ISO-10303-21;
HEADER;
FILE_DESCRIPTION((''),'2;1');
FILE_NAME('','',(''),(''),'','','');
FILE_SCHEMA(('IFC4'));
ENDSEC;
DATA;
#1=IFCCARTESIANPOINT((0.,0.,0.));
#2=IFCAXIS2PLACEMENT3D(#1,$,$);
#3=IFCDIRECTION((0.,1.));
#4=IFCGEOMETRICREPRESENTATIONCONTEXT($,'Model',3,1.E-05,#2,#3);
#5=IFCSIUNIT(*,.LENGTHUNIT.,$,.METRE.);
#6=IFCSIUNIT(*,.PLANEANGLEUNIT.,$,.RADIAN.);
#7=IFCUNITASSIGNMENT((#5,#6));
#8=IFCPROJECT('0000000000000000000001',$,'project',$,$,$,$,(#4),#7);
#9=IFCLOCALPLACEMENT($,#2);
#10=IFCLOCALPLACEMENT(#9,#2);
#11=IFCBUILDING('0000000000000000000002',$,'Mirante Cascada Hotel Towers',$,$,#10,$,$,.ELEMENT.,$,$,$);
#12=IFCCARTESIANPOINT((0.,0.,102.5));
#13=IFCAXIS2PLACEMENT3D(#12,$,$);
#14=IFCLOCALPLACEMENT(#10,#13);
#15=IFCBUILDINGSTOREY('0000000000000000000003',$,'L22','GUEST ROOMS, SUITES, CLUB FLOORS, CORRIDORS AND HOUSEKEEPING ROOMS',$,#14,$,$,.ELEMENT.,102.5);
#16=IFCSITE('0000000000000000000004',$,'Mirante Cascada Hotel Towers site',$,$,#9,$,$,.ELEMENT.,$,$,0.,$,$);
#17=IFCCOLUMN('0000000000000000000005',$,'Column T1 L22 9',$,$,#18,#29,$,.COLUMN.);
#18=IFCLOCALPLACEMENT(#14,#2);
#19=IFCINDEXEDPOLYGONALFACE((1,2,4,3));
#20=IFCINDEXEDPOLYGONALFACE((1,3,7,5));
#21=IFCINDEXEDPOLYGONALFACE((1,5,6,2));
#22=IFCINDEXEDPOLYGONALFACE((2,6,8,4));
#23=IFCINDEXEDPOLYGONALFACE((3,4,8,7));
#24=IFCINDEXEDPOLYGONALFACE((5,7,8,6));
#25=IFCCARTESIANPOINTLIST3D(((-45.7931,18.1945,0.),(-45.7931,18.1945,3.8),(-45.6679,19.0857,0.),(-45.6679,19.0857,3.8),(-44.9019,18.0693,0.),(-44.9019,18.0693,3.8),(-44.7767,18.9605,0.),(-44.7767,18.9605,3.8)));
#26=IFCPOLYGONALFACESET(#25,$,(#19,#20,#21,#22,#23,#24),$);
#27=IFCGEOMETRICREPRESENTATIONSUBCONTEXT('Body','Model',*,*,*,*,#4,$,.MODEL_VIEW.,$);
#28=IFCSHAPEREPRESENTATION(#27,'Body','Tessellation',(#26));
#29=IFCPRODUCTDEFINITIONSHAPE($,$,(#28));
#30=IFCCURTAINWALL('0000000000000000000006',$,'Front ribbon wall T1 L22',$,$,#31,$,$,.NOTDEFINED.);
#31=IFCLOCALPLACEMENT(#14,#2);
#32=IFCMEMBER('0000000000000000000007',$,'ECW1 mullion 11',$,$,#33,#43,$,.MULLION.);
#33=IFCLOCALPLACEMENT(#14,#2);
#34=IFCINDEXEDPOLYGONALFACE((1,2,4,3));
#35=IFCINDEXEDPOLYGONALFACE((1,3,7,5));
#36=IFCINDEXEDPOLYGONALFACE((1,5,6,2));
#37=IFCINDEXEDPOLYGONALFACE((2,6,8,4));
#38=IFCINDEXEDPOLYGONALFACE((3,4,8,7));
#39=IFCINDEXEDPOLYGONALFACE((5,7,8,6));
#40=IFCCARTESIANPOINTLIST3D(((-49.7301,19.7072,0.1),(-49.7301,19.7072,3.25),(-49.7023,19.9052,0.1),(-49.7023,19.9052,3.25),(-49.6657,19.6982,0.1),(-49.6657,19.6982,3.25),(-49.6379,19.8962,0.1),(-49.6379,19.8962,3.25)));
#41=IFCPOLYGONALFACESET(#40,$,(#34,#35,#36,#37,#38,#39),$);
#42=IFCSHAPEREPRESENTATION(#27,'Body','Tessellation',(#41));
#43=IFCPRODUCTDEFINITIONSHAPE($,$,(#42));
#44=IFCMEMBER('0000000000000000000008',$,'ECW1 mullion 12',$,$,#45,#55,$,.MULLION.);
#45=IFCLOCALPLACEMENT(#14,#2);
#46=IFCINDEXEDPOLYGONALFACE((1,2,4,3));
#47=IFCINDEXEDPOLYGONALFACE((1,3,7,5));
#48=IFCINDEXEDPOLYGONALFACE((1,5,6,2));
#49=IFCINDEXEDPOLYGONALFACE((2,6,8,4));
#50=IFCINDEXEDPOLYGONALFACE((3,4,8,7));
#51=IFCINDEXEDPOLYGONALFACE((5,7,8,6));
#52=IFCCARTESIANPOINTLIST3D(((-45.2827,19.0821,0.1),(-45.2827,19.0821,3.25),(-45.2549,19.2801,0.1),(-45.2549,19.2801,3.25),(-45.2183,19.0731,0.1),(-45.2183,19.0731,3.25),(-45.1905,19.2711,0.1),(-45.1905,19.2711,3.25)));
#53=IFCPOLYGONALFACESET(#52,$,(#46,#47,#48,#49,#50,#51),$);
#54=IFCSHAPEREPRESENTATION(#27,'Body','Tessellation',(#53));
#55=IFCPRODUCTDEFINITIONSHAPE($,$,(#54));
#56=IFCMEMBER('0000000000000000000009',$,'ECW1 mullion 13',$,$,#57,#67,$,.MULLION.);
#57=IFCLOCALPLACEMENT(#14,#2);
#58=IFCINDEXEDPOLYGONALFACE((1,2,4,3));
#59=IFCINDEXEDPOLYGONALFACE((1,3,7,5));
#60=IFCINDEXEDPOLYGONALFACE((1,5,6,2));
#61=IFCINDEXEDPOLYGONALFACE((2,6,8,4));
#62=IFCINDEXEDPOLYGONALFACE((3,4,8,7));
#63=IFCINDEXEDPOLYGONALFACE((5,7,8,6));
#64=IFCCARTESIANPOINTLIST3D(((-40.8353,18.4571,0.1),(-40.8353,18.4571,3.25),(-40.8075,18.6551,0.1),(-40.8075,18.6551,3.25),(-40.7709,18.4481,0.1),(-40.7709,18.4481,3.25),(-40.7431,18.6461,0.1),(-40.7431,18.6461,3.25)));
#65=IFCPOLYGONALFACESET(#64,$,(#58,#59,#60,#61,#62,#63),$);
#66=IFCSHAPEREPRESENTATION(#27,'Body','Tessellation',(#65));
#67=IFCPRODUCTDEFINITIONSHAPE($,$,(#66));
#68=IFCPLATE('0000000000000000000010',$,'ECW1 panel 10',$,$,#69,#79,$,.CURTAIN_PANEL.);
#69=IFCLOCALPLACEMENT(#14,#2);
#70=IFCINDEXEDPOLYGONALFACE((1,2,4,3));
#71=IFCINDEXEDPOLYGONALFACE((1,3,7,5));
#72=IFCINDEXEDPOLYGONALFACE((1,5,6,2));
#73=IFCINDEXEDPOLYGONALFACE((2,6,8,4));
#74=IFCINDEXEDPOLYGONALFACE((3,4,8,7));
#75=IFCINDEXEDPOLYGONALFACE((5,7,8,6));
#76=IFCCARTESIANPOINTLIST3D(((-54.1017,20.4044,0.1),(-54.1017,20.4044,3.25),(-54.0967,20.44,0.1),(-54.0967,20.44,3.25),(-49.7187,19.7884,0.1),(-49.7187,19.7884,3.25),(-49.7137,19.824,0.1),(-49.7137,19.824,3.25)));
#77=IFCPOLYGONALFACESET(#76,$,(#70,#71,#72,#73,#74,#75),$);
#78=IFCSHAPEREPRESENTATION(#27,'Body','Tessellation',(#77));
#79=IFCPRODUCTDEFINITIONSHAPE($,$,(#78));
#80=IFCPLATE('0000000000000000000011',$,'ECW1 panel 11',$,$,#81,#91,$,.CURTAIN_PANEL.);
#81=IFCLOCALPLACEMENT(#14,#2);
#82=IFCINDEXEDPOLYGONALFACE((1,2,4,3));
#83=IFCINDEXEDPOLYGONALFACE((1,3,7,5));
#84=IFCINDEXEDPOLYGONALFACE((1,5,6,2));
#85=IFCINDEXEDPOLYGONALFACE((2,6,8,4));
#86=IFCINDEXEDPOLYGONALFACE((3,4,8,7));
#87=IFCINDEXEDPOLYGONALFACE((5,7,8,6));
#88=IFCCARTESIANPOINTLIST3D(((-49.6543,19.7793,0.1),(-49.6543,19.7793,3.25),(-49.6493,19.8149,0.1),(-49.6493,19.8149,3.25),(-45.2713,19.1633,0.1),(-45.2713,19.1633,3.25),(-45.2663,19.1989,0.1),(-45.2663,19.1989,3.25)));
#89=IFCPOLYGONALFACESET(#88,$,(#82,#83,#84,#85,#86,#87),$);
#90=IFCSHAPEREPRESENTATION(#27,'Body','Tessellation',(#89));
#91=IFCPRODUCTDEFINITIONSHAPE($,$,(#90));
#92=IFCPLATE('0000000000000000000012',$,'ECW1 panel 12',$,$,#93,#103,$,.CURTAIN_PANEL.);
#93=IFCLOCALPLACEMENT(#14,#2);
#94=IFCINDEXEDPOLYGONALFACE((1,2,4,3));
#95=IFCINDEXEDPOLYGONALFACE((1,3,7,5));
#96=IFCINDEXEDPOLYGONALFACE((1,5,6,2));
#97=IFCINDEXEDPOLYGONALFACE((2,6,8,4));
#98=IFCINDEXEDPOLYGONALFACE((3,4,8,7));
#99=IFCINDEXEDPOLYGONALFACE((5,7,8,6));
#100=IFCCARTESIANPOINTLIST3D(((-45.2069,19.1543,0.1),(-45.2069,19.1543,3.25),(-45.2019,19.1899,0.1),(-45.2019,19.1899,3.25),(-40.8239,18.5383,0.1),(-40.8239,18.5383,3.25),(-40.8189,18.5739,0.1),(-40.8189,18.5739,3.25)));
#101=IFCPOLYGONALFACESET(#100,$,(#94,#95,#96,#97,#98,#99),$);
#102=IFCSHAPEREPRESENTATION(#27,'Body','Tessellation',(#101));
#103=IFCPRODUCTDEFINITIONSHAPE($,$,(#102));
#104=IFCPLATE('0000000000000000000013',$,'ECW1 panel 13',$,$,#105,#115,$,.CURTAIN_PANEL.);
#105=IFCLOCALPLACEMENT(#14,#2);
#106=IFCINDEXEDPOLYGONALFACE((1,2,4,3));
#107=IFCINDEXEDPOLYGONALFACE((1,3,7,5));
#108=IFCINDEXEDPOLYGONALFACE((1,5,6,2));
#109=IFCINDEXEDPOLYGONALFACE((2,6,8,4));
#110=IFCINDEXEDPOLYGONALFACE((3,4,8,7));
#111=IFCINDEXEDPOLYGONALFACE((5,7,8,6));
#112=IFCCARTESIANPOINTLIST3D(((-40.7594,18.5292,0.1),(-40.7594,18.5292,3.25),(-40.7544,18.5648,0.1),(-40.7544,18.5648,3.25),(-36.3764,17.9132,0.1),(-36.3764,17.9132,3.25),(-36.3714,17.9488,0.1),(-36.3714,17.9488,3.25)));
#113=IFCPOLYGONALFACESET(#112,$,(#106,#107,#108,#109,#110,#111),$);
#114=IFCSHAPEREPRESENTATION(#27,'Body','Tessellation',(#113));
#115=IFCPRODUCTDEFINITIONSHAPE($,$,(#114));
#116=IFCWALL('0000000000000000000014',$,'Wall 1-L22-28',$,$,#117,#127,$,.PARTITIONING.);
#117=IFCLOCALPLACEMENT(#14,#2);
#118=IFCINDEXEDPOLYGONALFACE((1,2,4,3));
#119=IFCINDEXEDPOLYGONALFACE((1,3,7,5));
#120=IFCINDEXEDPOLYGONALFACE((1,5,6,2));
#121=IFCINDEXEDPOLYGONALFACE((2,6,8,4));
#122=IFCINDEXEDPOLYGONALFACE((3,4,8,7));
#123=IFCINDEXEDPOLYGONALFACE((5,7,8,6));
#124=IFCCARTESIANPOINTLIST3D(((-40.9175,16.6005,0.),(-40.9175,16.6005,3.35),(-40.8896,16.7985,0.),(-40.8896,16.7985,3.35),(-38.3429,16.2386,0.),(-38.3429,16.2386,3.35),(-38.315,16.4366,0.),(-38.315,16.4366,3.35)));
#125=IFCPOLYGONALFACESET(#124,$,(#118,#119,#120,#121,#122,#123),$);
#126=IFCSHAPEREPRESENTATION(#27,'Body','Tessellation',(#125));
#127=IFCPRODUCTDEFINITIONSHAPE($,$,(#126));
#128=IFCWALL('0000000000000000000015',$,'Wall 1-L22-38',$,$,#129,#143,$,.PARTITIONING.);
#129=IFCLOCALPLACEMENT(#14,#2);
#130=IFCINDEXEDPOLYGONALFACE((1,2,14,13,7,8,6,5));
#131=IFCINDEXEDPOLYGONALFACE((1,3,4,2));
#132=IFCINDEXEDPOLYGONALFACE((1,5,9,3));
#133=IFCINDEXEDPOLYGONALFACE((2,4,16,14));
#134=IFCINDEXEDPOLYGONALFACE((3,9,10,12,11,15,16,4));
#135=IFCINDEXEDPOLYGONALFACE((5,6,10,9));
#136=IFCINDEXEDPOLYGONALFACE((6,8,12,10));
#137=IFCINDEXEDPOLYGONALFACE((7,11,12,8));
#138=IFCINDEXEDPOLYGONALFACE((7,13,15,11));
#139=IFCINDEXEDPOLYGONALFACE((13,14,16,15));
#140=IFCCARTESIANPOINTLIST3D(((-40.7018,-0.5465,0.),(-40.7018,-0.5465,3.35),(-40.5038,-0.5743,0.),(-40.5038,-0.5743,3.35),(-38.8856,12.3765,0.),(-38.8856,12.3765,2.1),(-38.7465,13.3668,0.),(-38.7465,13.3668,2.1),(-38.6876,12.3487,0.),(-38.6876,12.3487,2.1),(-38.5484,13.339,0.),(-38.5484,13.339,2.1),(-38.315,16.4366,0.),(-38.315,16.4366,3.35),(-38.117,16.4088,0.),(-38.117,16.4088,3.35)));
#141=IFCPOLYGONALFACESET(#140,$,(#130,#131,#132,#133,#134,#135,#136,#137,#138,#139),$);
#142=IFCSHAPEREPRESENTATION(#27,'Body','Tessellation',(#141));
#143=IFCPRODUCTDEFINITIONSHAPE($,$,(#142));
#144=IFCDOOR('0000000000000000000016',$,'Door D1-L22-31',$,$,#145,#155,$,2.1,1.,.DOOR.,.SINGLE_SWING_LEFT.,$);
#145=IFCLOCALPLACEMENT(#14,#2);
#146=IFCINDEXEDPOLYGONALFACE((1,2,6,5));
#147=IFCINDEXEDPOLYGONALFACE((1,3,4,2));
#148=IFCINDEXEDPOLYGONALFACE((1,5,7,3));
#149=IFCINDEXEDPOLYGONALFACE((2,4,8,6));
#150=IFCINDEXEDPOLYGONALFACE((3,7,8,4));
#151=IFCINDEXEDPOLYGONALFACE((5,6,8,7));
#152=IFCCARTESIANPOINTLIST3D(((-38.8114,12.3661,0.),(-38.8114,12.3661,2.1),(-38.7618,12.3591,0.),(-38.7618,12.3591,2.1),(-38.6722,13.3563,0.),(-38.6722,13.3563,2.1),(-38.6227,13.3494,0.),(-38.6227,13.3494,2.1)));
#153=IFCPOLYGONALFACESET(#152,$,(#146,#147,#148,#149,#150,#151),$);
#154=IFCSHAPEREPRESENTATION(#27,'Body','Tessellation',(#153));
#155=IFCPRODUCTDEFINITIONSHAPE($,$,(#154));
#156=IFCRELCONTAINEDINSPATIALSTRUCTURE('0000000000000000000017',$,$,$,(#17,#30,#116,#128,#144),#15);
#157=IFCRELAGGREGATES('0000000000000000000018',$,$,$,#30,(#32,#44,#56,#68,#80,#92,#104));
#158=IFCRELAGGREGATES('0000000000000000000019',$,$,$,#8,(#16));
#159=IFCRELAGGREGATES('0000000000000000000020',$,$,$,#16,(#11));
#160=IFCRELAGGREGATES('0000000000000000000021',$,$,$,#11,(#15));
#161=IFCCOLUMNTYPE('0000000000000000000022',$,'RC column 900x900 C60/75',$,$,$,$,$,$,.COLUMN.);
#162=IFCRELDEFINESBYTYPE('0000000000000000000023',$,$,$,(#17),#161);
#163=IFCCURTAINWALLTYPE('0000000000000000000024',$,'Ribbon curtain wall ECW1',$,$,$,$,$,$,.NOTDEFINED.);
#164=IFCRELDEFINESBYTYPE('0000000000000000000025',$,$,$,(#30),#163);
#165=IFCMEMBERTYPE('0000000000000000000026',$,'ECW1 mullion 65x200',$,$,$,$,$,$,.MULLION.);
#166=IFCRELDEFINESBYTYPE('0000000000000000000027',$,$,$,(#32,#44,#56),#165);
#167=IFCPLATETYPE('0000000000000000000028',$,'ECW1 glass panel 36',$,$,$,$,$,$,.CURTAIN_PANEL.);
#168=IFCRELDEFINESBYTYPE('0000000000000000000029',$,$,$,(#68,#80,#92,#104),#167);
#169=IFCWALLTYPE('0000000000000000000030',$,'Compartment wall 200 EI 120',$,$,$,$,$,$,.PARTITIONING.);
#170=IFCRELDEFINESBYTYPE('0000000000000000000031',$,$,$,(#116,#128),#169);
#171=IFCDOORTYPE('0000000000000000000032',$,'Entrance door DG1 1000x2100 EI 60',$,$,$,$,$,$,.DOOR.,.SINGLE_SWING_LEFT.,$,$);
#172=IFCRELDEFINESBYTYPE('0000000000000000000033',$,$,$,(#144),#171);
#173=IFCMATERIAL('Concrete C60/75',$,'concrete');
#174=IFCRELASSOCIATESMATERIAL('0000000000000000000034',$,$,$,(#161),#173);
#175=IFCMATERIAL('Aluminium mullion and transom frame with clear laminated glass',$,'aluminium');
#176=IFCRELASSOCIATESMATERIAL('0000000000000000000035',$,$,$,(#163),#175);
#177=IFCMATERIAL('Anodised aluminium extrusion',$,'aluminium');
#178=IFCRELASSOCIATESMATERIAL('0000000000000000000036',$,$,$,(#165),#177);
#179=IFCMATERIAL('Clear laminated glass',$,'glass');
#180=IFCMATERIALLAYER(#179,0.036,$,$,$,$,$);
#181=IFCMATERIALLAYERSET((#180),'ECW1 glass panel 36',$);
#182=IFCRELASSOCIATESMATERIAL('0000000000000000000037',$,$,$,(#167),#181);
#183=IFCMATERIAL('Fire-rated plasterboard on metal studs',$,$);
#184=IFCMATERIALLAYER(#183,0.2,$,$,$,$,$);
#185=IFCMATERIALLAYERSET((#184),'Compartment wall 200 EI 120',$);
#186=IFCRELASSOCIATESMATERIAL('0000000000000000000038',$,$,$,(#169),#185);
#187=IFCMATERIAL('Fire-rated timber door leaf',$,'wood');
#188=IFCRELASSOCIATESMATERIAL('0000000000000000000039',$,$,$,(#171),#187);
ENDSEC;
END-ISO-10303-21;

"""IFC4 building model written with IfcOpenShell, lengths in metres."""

from ifc_helpers import new_model, si_unit, direction, frame, frame_2d, origin, origin_2d, place, context, subcontext, project, spatial, rectangle, extrude, material, layer, layer_set, material_profile, profile_set, type_object, element, fill, aggregate, save


model = new_model("IFC4")

# Units and contexts
model_context = context("Model", 3, precision=1e-05, world=origin(), true_north=direction((0.0, 1.0)))
body_context = subcontext(model_context, "Body", "Model", "MODEL_VIEW")
ifc_project = project(units=[si_unit("LENGTHUNIT", "METRE"), si_unit("PLANEANGLEUNIT", "RADIAN")], contexts=[model_context])

# Site, building, storey
site_placement = place(None, origin())
site = spatial("IfcSite", under=ifc_project, at=site_placement, Name="Mirante Cascada Hotel Towers site", CompositionType="ELEMENT", RefElevation=0.0)
building_placement = place(site_placement, origin())
building = spatial("IfcBuilding", under=site, at=building_placement, Name="Mirante Cascada Hotel Towers", CompositionType="ELEMENT")
storey_placement = place(building_placement, frame((0.0, 0.0, 102.5)))
storey = spatial("IfcBuildingStorey", under=building, at=storey_placement, Name="L22", Description="GUEST ROOMS, SUITES, CLUB FLOORS, CORRIDORS AND HOUSEKEEPING ROOMS", CompositionType="ELEMENT", Elevation=102.5)

# Column
ifc_material_1 = material(Name="Concrete C60/75", Category="concrete")
ifc_material_profile_1 = material_profile(ifc_material_1, rectangle(XDim=0.9, YDim=0.9, at=origin_2d()), Name="RC column 900x900 C60/75")
ifc_profile_set_1 = profile_set([ifc_material_profile_1], Name="Concrete C60/75")
column_type = type_object("IfcColumnType", Name="RC column 900x900 C60/75", PredefinedType="COLUMN", material=ifc_profile_set_1)
column_placement = place(storey_placement, frame((-45.2849, 18.5775, 0.0), z_axis=(0.0, 0.0, 1.0), x_axis=(-0.990268, 0.139173, 0.0)))
element("IfcColumn", 1, at=column_placement, inside=storey, type_object=column_type, Name="Column T1 L22 9", PredefinedType="COLUMN", context=body_context, shape_type="SweptSolid", body=[
    extrude(rectangle(XDim=0.9, YDim=0.9, at=origin_2d()), origin(), (0.0, 0.0, 1.0), 3.8),
])

# Curtain wall, members, plates
ifc_material_2 = material(Name="Aluminium mullion and transom frame with clear laminated glass", Category="aluminium")
curtain_wall_type = type_object("IfcCurtainWallType", Name="Ribbon curtain wall ECW1", PredefinedType="NOTDEFINED", material=ifc_material_2)
curtain_wall_placement = place(storey_placement, origin())
curtain_wall = element("IfcCurtainWall", 2, at=curtain_wall_placement, inside=storey, type_object=curtain_wall_type, Name="Front ribbon wall T1 L22", PredefinedType="NOTDEFINED")
ifc_material_3 = material(Name="Anodised aluminium extrusion", Category="aluminium")
ifc_material_profile_2 = material_profile(ifc_material_3, rectangle(XDim=0.2, YDim=0.065, at=origin_2d()), Name="ECW1 MULLION 65x200")
ifc_profile_set_2 = profile_set([ifc_material_profile_2], Name="Anodised aluminium extrusion")
member_type = type_object("IfcMemberType", Name="ECW1 mullion 65x200", PredefinedType="MULLION", material=ifc_profile_set_2)
member_1_placement = place(storey_placement, frame((-49.684, 19.8017, 0.1), z_axis=(0.0, 0.0, 1.0), x_axis=(0.139173, 0.990268, 0.0)))
member_1 = element("IfcMember", 3, at=member_1_placement, type_object=member_type, Name="ECW1 mullion 11", PredefinedType="MULLION", context=body_context, shape_type="SweptSolid", body=[
    extrude(rectangle(XDim=0.2, YDim=0.065, at=origin_2d()), origin(), (0.0, 0.0, 1.0), 3.15),
])
member_2_placement = place(storey_placement, frame((-45.2366, 19.1766, 0.1), z_axis=(0.0, 0.0, 1.0), x_axis=(0.139173, 0.990268, 0.0)))
member_2 = element("IfcMember", 4, at=member_2_placement, type_object=member_type, Name="ECW1 mullion 12", PredefinedType="MULLION", context=body_context, shape_type="SweptSolid", body=[
    extrude(rectangle(XDim=0.2, YDim=0.065, at=origin_2d()), origin(), (0.0, 0.0, 1.0), 3.15),
])
member_3_placement = place(storey_placement, frame((-40.7892, 18.5516, 0.1), z_axis=(0.0, 0.0, 1.0), x_axis=(0.139173, 0.990268, 0.0)))
member_3 = element("IfcMember", 5, at=member_3_placement, type_object=member_type, Name="ECW1 mullion 13", PredefinedType="MULLION", context=body_context, shape_type="SweptSolid", body=[
    extrude(rectangle(XDim=0.2, YDim=0.065, at=origin_2d()), origin(), (0.0, 0.0, 1.0), 3.15),
])
ifc_material_4 = material(Name="Clear laminated glass", Category="glass")
ifc_layer_1 = layer(ifc_material_4, 0.036)
ifc_layer_set_1 = layer_set([ifc_layer_1], Name="ECW1 glass panel 36")
plate_type = type_object("IfcPlateType", Name="ECW1 glass panel 36", PredefinedType="CURTAIN_PANEL", material=ifc_layer_set_1)
plate_1_placement = place(storey_placement, frame((-51.9077, 20.1142, 0.1), z_axis=(0.0, 0.0, 1.0), x_axis=(0.990268, -0.139173, 0.0)))
plate_1 = element("IfcPlate", 6, at=plate_1_placement, type_object=plate_type, Name="ECW1 panel 10", PredefinedType="CURTAIN_PANEL", context=body_context, shape_type="SweptSolid", body=[
    extrude(rectangle(XDim=4.4261, YDim=0.036, at=origin_2d()), origin(), (0.0, 0.0, 1.0), 3.15),
])
plate_2_placement = place(storey_placement, frame((-47.4603, 19.4891, 0.1), z_axis=(0.0, 0.0, 1.0), x_axis=(0.990268, -0.139173, 0.0)))
plate_2 = element("IfcPlate", 7, at=plate_2_placement, type_object=plate_type, Name="ECW1 panel 11", PredefinedType="CURTAIN_PANEL", context=body_context, shape_type="SweptSolid", body=[
    extrude(rectangle(XDim=4.4261, YDim=0.036, at=origin_2d()), origin(), (0.0, 0.0, 1.0), 3.15),
])
plate_3_placement = place(storey_placement, frame((-43.0129, 18.8641, 0.1), z_axis=(0.0, 0.0, 1.0), x_axis=(0.990268, -0.139173, 0.0)))
plate_3 = element("IfcPlate", 8, at=plate_3_placement, type_object=plate_type, Name="ECW1 panel 12", PredefinedType="CURTAIN_PANEL", context=body_context, shape_type="SweptSolid", body=[
    extrude(rectangle(XDim=4.4261, YDim=0.036, at=origin_2d()), origin(), (0.0, 0.0, 1.0), 3.15),
])
plate_4_placement = place(storey_placement, frame((-38.5654, 18.239, 0.1), z_axis=(0.0, 0.0, 1.0), x_axis=(0.990268, -0.139173, 0.0)))
plate_4 = element("IfcPlate", 9, at=plate_4_placement, type_object=plate_type, Name="ECW1 panel 13", PredefinedType="CURTAIN_PANEL", context=body_context, shape_type="SweptSolid", body=[
    extrude(rectangle(XDim=4.4261, YDim=0.036, at=origin_2d()), origin(), (0.0, 0.0, 1.0), 3.15),
])
aggregate(curtain_wall, [member_1, member_2, member_3, plate_1, plate_2, plate_3, plate_4])

# Wall
ifc_material_5 = material(Name="Fire-rated plasterboard on metal studs")
ifc_layer_2 = layer(ifc_material_5, 0.2)
ifc_layer_set_2 = layer_set([ifc_layer_2], Name="Compartment wall 200 EI 120")
wall_type_1 = type_object("IfcWallType", Name="Compartment wall 200 EI 120", PredefinedType="PARTITIONING", material=ifc_layer_set_2)
wall_1_placement = place(storey_placement, frame((-40.9036, 16.6995, 0.0), z_axis=(0.0, 0.0, 1.0), x_axis=(0.990265, -0.139197, 0.0)))
element("IfcWall", 10, at=wall_1_placement, inside=storey, type_object=wall_type_1, Name="Wall 1-L22-28", PredefinedType="PARTITIONING", context=body_context, shape_type="SweptSolid", body=[
    extrude(rectangle(XDim=2.5999, YDim=0.2, at=frame_2d((1.3, 0.0))), origin(), (0.0, 0.0, 1.0), 3.35),
])

# Wall, opening, door
wall_2_placement = place(storey_placement, frame((-38.216, 16.4227, 0.0), z_axis=(0.0, 0.0, 1.0), x_axis=(-0.139172, -0.990268, 0.0)))
wall_2 = element("IfcWall", 11, at=wall_2_placement, inside=storey, type_object=wall_type_1, Name="Wall 1-L22-38", PredefinedType="PARTITIONING", context=body_context, shape_type="SweptSolid", body=[
    extrude(rectangle(XDim=17.15, YDim=0.2, at=frame_2d((8.575, 0.0))), origin(), (0.0, 0.0, 1.0), 3.35),
])
opening_1_placement = place(wall_2_placement, frame((3.1, 0.0, 0.0)))
opening_1 = element("IfcOpeningElement", 12, at=opening_1_placement, cuts=wall_2, PredefinedType="OPENING", context=body_context, shape_type="SweptSolid", body=[
    extrude(rectangle(XDim=1.0, YDim=2.1, at=frame_2d((0.5, 1.05))), frame((0.0, 0.1, 0.0), z_axis=(0.0, -1.0, 0.0), x_axis=(1.0, 0.0, 0.0)), (0.0, 0.0, 1.0), 0.2),
])
ifc_material_6 = material(Name="Fire-rated timber door leaf", Category="wood")
door_type_1 = type_object("IfcDoorType", Name="Entrance door DG1 1000x2100 EI 60", OperationType="SINGLE_SWING_LEFT", PredefinedType="DOOR", material=ifc_material_6)
door_1_placement = place(opening_1_placement, origin())
door_1 = element("IfcDoor", 13, at=door_1_placement, inside=storey, type_object=door_type_1, Name="Door D1-L22-31", OperationType="SINGLE_SWING_LEFT", OverallHeight=2.1, OverallWidth=1.0, PredefinedType="DOOR", context=body_context, shape_type="SweptSolid", body=[
    extrude(rectangle(XDim=1.0, YDim=2.1, at=frame_2d((0.5, 1.05))), frame((0.0, 0.025, 0.0), z_axis=(0.0, -1.0, 0.0), x_axis=(1.0, 0.0, 0.0)), (0.0, 0.0, 1.0), 0.05),
])
fill(opening_1, door_1)

save(model, "model.ifc")
